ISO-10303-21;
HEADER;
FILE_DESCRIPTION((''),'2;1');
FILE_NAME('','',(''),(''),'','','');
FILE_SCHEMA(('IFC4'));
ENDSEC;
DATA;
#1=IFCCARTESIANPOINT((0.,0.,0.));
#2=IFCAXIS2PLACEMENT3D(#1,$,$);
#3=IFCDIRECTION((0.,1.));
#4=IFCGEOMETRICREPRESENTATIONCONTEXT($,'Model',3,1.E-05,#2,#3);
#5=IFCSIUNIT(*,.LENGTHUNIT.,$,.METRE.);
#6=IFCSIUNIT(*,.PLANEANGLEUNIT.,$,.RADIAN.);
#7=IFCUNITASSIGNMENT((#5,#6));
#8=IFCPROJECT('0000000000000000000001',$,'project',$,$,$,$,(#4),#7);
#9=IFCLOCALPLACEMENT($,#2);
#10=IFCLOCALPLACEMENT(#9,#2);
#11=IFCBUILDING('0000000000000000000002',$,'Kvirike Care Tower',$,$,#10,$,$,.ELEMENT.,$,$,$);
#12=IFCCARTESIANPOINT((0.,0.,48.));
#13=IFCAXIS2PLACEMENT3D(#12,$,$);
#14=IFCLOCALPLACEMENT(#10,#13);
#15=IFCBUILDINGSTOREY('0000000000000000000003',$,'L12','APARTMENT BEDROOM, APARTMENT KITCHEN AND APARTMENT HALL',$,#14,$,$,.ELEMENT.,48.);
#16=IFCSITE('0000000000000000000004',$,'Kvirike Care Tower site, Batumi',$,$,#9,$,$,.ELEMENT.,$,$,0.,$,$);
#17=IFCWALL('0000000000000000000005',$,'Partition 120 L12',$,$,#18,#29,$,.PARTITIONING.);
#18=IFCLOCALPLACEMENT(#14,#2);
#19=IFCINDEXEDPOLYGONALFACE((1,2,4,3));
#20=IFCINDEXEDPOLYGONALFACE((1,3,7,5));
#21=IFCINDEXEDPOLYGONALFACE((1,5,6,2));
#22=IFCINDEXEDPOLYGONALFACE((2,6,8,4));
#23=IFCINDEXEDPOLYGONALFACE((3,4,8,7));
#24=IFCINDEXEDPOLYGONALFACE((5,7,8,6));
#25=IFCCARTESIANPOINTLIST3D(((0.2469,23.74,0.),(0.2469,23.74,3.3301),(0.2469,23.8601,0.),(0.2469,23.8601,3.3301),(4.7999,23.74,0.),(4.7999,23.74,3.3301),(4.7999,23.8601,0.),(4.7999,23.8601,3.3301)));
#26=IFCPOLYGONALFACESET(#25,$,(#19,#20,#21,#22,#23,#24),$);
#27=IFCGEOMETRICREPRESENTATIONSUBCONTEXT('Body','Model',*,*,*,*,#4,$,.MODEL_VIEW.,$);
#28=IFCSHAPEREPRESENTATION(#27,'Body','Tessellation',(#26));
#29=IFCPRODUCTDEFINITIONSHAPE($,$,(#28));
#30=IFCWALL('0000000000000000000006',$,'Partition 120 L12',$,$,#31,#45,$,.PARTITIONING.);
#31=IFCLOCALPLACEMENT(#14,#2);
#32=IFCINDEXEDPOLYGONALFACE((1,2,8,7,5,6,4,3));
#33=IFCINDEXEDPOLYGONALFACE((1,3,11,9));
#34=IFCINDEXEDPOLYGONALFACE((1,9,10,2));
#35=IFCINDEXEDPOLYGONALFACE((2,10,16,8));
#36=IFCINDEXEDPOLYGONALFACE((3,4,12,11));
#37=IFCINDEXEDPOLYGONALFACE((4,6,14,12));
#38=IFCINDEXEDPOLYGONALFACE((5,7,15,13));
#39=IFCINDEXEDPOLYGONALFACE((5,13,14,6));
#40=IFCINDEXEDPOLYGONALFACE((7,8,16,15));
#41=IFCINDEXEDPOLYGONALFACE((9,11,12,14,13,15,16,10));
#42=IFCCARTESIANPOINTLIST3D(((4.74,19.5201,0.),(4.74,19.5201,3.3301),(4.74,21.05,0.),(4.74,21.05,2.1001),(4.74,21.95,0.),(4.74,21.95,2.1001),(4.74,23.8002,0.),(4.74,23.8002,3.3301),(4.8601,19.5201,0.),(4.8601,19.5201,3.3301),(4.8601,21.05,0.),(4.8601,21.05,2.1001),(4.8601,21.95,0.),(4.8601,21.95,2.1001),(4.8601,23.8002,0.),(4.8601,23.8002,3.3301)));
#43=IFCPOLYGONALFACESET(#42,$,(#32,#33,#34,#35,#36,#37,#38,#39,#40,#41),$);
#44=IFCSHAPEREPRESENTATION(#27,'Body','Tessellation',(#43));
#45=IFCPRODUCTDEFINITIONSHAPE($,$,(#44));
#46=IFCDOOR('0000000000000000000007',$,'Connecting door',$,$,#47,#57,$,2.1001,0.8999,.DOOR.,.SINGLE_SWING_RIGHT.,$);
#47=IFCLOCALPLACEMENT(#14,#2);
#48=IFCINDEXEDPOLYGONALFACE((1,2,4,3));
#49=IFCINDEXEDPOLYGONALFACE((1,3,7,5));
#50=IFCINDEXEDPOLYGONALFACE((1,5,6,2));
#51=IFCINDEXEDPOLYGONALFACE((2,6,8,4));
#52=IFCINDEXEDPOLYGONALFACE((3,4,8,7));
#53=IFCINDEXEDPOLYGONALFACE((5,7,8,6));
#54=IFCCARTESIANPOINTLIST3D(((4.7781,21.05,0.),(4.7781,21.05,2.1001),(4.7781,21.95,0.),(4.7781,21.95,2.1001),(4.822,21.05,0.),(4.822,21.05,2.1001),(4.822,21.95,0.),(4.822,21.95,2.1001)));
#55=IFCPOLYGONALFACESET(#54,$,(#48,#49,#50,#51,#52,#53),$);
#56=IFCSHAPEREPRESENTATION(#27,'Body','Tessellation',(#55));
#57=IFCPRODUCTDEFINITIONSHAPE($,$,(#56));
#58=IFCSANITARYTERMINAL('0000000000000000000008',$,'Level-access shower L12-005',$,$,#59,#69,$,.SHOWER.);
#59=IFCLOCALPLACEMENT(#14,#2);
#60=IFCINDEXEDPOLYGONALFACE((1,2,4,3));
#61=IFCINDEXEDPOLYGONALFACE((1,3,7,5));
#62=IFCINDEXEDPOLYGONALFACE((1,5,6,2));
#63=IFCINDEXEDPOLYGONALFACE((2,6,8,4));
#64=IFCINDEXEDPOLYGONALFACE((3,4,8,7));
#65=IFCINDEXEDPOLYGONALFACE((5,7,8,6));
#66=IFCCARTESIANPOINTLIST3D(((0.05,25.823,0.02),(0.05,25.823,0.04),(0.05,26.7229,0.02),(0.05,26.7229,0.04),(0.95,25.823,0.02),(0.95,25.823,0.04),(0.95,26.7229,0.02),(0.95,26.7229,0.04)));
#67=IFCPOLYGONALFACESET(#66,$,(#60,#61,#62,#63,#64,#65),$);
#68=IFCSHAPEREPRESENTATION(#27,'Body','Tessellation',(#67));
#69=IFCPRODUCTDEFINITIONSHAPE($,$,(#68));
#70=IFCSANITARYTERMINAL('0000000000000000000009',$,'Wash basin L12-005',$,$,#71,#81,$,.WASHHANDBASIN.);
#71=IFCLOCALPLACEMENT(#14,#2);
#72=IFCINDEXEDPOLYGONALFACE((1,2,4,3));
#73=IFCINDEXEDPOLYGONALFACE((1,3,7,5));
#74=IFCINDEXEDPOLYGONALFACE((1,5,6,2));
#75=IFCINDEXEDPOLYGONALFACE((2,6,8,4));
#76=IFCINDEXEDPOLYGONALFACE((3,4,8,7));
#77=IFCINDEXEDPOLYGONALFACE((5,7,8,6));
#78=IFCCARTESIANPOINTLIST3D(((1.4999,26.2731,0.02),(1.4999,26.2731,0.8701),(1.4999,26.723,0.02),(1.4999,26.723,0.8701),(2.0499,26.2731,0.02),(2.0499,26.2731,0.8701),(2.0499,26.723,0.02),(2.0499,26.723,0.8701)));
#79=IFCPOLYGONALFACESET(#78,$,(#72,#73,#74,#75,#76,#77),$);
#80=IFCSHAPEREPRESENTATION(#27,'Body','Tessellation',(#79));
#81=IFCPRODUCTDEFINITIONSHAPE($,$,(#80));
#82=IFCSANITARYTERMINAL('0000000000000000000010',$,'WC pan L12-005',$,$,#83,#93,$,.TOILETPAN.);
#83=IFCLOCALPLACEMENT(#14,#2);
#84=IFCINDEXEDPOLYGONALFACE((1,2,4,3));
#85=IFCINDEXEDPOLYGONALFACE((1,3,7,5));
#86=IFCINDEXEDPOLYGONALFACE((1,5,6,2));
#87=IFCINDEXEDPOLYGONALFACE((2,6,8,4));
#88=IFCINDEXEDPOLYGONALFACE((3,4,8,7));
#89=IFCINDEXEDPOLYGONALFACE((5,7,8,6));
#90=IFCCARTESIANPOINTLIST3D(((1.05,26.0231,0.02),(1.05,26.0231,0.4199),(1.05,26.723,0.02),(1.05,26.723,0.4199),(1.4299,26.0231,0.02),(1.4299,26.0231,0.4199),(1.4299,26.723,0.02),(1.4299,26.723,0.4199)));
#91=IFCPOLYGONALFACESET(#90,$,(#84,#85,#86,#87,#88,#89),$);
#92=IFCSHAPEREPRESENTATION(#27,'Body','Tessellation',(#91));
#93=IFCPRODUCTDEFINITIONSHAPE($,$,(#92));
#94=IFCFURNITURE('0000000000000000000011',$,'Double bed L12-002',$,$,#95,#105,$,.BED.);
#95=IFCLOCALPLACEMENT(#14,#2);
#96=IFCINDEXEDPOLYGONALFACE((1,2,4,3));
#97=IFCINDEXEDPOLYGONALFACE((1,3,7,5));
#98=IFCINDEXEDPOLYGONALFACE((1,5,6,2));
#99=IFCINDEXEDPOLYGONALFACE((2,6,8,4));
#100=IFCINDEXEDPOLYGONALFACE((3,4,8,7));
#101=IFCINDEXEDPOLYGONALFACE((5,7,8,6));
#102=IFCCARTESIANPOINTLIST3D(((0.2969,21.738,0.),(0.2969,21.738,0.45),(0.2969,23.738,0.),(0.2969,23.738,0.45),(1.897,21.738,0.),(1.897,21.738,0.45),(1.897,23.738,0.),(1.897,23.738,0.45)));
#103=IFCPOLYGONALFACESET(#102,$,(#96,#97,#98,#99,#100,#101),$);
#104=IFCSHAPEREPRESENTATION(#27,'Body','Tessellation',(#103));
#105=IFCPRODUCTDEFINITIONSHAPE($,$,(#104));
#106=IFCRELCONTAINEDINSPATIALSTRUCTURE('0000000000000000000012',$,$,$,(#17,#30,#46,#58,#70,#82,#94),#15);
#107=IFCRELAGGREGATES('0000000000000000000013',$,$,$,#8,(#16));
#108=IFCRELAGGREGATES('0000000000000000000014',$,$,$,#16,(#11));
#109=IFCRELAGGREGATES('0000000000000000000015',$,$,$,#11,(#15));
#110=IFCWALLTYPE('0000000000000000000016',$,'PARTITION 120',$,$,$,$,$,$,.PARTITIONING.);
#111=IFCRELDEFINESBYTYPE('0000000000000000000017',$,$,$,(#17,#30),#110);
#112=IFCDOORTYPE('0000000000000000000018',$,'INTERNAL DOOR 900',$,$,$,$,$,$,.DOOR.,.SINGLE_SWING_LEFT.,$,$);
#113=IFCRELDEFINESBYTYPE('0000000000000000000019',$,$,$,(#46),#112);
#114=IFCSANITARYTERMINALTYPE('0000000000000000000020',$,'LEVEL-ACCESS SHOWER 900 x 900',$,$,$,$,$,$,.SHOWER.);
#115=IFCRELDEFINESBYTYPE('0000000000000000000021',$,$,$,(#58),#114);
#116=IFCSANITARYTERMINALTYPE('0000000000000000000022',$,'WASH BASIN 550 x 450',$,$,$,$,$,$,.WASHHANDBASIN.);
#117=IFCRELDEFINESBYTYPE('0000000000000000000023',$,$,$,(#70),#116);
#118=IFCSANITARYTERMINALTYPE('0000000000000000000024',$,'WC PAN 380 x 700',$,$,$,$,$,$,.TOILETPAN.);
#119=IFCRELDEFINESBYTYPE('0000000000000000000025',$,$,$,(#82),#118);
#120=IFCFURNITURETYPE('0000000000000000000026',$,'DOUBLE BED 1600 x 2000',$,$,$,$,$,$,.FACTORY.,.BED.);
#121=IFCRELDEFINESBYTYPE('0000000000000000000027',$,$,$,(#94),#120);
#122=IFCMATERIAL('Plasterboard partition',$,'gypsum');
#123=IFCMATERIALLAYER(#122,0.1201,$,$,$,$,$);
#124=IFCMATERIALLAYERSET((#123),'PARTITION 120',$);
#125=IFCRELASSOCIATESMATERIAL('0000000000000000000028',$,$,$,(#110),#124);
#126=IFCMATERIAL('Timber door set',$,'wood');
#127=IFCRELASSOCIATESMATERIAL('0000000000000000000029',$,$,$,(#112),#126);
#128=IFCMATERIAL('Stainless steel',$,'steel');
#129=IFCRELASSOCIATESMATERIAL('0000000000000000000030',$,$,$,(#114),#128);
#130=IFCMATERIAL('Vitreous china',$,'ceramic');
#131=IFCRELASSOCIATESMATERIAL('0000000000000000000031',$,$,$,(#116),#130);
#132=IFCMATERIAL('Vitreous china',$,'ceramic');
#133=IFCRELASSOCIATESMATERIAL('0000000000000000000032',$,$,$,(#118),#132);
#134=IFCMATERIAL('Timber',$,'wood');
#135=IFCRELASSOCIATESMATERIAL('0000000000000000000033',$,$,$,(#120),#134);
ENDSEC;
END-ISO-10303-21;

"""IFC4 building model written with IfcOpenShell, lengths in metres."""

from ifc_helpers import new_model, si_unit, direction, frame, frame_2d, origin, origin_2d, place, context, subcontext, project, spatial, rectangle, extrude, material, layer, layer_set, type_object, element, fill, save


model = new_model("IFC4")

# Units and contexts
model_context = context("Model", 3, precision=1e-05, world=origin(), true_north=direction((0.0, 1.0)))
body_context = subcontext(model_context, "Body", "Model", "MODEL_VIEW")
ifc_project = project(units=[si_unit("LENGTHUNIT", "METRE"), si_unit("PLANEANGLEUNIT", "RADIAN")], contexts=[model_context])

# Site, building, storey
site_placement = place(None, origin())
site = spatial("IfcSite", under=ifc_project, at=site_placement, Name="Kvirike Care Tower site, Batumi", CompositionType="ELEMENT", RefElevation=0.0)
building_placement = place(site_placement, origin())
building = spatial("IfcBuilding", under=site, at=building_placement, Name="Kvirike Care Tower", CompositionType="ELEMENT")
storey_placement = place(building_placement, frame((0.0, 0.0, 48.0)))
storey = spatial("IfcBuildingStorey", under=building, at=storey_placement, Name="L12", Description="APARTMENT BEDROOM, APARTMENT KITCHEN AND APARTMENT HALL", CompositionType="ELEMENT", Elevation=48.0)

# Wall
ifc_material_1 = material(Name="Plasterboard partition", Category="gypsum")
ifc_layer_1 = layer(ifc_material_1, 0.1201)
ifc_layer_set_1 = layer_set([ifc_layer_1], Name="PARTITION 120")
wall_type_1 = type_object("IfcWallType", Name="PARTITION 120", PredefinedType="PARTITIONING", material=ifc_layer_set_1)
wall_1_placement = place(storey_placement, frame((0.2471, 23.8, 0.0), z_axis=(0.0, 0.0, 1.0), x_axis=(1.0, 0.0, 0.0)))
element("IfcWall", 1, at=wall_1_placement, inside=storey, type_object=wall_type_1, Name="Partition 120 L12", PredefinedType="PARTITIONING", context=body_context, shape_type="SweptSolid", body=[
    extrude(rectangle(XDim=4.553, YDim=0.1201, at=frame_2d((2.2764, 0.0))), origin(), (0.0, 0.0, 1.0), 3.3301),
])

# Wall, opening, door
wall_2_placement = place(storey_placement, frame((4.8, 19.52, 0.0), z_axis=(0.0, 0.0, 1.0), x_axis=(0.0, 1.0, 0.0)))
wall_2 = element("IfcWall", 2, at=wall_2_placement, inside=storey, type_object=wall_type_1, Name="Partition 120 L12", PredefinedType="PARTITIONING", context=body_context, shape_type="SweptSolid", body=[
    extrude(rectangle(XDim=4.28, YDim=0.1201, at=frame_2d((2.1401, 0.0))), origin(), (0.0, 0.0, 1.0), 3.3301),
])
opening_1_placement = place(wall_2_placement, frame((1.53, 0.0, 0.0)))
opening_1 = element("IfcOpeningElement", 3, at=opening_1_placement, cuts=wall_2, PredefinedType="OPENING", context=body_context, shape_type="SweptSolid", body=[
    extrude(rectangle(XDim=0.8999, YDim=2.1001, at=frame_2d((0.45, 1.05))), frame((0.0, 0.0706, 0.0), z_axis=(0.0, -1.0, 0.0), x_axis=(1.0, 0.0, 0.0)), (0.0, 0.0, 1.0), 0.1411),
])
ifc_material_2 = material(Name="Timber door set", Category="wood")
door_type_1 = type_object("IfcDoorType", Name="INTERNAL DOOR 900", OperationType="SINGLE_SWING_LEFT", PredefinedType="DOOR", material=ifc_material_2)
door_1_placement = place(opening_1_placement, origin())
door_1 = element("IfcDoor", 4, at=door_1_placement, inside=storey, type_object=door_type_1, Name="Connecting door", OperationType="SINGLE_SWING_RIGHT", OverallHeight=2.1001, OverallWidth=0.8999, PredefinedType="DOOR", context=body_context, shape_type="SweptSolid", body=[
    extrude(rectangle(XDim=0.8999, YDim=2.1001, at=frame_2d((0.45, 1.05))), frame((0.0, 0.022, 0.0), z_axis=(0.0, -1.0, 0.0), x_axis=(1.0, 0.0, 0.0)), (0.0, 0.0, 1.0), 0.0439),
])
fill(opening_1, door_1)

# Sanitary terminals
ifc_material_3 = material(Name="Stainless steel", Category="steel")
sanitary_terminal_type_1 = type_object("IfcSanitaryTerminalType", Name="LEVEL-ACCESS SHOWER 900 x 900", PredefinedType="SHOWER", material=ifc_material_3)
sanitary_terminal_1_placement = place(storey_placement, frame((0.5, 26.2729, 0.02), z_axis=(0.0, 0.0, 1.0), x_axis=(1.0, 0.0, 0.0)))
element("IfcSanitaryTerminal", 5, at=sanitary_terminal_1_placement, inside=storey, type_object=sanitary_terminal_type_1, Name="Level-access shower L12-005", PredefinedType="SHOWER", context=body_context, shape_type="SweptSolid", body=[
    extrude(rectangle(XDim=0.8999, YDim=0.8999, at=origin_2d()), origin(), (0.0, 0.0, 1.0), 0.02),
])
ifc_material_4 = material(Name="Vitreous china", Category="ceramic")
sanitary_terminal_type_2 = type_object("IfcSanitaryTerminalType", Name="WASH BASIN 550 x 450", PredefinedType="WASHHANDBASIN", material=ifc_material_4)
sanitary_terminal_2_placement = place(storey_placement, frame((1.7749, 26.498, 0.02), z_axis=(0.0, 0.0, 1.0), x_axis=(1.0, 0.0, 0.0)))
element("IfcSanitaryTerminal", 6, at=sanitary_terminal_2_placement, inside=storey, type_object=sanitary_terminal_type_2, Name="Wash basin L12-005", PredefinedType="WASHHANDBASIN", context=body_context, shape_type="SweptSolid", body=[
    extrude(rectangle(XDim=0.55, YDim=0.45, at=origin_2d()), origin(), (0.0, 0.0, 1.0), 0.8501),
])
ifc_material_5 = material(Name="Vitreous china", Category="ceramic")
sanitary_terminal_type_3 = type_object("IfcSanitaryTerminalType", Name="WC PAN 380 x 700", PredefinedType="TOILETPAN", material=ifc_material_5)
sanitary_terminal_3_placement = place(storey_placement, frame((1.24, 26.373, 0.02), z_axis=(0.0, 0.0, 1.0), x_axis=(1.0, 0.0, 0.0)))
element("IfcSanitaryTerminal", 7, at=sanitary_terminal_3_placement, inside=storey, type_object=sanitary_terminal_type_3, Name="WC pan L12-005", PredefinedType="TOILETPAN", context=body_context, shape_type="SweptSolid", body=[
    extrude(rectangle(XDim=0.3799, YDim=0.7, at=origin_2d()), origin(), (0.0, 0.0, 1.0), 0.3999),
])

# Furniture
ifc_material_6 = material(Name="Timber", Category="wood")
furniture_type = type_object("IfcFurnitureType", Name="DOUBLE BED 1600 x 2000", AssemblyPlace="FACTORY", PredefinedType="BED", material=ifc_material_6)
furniture_placement = place(storey_placement, frame((1.0969, 22.738, 0.0), z_axis=(0.0, 0.0, 1.0), x_axis=(1.0, 0.0, 0.0)))
element("IfcFurniture", 8, at=furniture_placement, inside=storey, type_object=furniture_type, Name="Double bed L12-002", PredefinedType="BED", context=body_context, shape_type="SweptSolid", body=[
    extrude(rectangle(XDim=1.6001, YDim=2.0, at=origin_2d()), origin(), (0.0, 0.0, 1.0), 0.45),
])

save(model, "model.ifc")
